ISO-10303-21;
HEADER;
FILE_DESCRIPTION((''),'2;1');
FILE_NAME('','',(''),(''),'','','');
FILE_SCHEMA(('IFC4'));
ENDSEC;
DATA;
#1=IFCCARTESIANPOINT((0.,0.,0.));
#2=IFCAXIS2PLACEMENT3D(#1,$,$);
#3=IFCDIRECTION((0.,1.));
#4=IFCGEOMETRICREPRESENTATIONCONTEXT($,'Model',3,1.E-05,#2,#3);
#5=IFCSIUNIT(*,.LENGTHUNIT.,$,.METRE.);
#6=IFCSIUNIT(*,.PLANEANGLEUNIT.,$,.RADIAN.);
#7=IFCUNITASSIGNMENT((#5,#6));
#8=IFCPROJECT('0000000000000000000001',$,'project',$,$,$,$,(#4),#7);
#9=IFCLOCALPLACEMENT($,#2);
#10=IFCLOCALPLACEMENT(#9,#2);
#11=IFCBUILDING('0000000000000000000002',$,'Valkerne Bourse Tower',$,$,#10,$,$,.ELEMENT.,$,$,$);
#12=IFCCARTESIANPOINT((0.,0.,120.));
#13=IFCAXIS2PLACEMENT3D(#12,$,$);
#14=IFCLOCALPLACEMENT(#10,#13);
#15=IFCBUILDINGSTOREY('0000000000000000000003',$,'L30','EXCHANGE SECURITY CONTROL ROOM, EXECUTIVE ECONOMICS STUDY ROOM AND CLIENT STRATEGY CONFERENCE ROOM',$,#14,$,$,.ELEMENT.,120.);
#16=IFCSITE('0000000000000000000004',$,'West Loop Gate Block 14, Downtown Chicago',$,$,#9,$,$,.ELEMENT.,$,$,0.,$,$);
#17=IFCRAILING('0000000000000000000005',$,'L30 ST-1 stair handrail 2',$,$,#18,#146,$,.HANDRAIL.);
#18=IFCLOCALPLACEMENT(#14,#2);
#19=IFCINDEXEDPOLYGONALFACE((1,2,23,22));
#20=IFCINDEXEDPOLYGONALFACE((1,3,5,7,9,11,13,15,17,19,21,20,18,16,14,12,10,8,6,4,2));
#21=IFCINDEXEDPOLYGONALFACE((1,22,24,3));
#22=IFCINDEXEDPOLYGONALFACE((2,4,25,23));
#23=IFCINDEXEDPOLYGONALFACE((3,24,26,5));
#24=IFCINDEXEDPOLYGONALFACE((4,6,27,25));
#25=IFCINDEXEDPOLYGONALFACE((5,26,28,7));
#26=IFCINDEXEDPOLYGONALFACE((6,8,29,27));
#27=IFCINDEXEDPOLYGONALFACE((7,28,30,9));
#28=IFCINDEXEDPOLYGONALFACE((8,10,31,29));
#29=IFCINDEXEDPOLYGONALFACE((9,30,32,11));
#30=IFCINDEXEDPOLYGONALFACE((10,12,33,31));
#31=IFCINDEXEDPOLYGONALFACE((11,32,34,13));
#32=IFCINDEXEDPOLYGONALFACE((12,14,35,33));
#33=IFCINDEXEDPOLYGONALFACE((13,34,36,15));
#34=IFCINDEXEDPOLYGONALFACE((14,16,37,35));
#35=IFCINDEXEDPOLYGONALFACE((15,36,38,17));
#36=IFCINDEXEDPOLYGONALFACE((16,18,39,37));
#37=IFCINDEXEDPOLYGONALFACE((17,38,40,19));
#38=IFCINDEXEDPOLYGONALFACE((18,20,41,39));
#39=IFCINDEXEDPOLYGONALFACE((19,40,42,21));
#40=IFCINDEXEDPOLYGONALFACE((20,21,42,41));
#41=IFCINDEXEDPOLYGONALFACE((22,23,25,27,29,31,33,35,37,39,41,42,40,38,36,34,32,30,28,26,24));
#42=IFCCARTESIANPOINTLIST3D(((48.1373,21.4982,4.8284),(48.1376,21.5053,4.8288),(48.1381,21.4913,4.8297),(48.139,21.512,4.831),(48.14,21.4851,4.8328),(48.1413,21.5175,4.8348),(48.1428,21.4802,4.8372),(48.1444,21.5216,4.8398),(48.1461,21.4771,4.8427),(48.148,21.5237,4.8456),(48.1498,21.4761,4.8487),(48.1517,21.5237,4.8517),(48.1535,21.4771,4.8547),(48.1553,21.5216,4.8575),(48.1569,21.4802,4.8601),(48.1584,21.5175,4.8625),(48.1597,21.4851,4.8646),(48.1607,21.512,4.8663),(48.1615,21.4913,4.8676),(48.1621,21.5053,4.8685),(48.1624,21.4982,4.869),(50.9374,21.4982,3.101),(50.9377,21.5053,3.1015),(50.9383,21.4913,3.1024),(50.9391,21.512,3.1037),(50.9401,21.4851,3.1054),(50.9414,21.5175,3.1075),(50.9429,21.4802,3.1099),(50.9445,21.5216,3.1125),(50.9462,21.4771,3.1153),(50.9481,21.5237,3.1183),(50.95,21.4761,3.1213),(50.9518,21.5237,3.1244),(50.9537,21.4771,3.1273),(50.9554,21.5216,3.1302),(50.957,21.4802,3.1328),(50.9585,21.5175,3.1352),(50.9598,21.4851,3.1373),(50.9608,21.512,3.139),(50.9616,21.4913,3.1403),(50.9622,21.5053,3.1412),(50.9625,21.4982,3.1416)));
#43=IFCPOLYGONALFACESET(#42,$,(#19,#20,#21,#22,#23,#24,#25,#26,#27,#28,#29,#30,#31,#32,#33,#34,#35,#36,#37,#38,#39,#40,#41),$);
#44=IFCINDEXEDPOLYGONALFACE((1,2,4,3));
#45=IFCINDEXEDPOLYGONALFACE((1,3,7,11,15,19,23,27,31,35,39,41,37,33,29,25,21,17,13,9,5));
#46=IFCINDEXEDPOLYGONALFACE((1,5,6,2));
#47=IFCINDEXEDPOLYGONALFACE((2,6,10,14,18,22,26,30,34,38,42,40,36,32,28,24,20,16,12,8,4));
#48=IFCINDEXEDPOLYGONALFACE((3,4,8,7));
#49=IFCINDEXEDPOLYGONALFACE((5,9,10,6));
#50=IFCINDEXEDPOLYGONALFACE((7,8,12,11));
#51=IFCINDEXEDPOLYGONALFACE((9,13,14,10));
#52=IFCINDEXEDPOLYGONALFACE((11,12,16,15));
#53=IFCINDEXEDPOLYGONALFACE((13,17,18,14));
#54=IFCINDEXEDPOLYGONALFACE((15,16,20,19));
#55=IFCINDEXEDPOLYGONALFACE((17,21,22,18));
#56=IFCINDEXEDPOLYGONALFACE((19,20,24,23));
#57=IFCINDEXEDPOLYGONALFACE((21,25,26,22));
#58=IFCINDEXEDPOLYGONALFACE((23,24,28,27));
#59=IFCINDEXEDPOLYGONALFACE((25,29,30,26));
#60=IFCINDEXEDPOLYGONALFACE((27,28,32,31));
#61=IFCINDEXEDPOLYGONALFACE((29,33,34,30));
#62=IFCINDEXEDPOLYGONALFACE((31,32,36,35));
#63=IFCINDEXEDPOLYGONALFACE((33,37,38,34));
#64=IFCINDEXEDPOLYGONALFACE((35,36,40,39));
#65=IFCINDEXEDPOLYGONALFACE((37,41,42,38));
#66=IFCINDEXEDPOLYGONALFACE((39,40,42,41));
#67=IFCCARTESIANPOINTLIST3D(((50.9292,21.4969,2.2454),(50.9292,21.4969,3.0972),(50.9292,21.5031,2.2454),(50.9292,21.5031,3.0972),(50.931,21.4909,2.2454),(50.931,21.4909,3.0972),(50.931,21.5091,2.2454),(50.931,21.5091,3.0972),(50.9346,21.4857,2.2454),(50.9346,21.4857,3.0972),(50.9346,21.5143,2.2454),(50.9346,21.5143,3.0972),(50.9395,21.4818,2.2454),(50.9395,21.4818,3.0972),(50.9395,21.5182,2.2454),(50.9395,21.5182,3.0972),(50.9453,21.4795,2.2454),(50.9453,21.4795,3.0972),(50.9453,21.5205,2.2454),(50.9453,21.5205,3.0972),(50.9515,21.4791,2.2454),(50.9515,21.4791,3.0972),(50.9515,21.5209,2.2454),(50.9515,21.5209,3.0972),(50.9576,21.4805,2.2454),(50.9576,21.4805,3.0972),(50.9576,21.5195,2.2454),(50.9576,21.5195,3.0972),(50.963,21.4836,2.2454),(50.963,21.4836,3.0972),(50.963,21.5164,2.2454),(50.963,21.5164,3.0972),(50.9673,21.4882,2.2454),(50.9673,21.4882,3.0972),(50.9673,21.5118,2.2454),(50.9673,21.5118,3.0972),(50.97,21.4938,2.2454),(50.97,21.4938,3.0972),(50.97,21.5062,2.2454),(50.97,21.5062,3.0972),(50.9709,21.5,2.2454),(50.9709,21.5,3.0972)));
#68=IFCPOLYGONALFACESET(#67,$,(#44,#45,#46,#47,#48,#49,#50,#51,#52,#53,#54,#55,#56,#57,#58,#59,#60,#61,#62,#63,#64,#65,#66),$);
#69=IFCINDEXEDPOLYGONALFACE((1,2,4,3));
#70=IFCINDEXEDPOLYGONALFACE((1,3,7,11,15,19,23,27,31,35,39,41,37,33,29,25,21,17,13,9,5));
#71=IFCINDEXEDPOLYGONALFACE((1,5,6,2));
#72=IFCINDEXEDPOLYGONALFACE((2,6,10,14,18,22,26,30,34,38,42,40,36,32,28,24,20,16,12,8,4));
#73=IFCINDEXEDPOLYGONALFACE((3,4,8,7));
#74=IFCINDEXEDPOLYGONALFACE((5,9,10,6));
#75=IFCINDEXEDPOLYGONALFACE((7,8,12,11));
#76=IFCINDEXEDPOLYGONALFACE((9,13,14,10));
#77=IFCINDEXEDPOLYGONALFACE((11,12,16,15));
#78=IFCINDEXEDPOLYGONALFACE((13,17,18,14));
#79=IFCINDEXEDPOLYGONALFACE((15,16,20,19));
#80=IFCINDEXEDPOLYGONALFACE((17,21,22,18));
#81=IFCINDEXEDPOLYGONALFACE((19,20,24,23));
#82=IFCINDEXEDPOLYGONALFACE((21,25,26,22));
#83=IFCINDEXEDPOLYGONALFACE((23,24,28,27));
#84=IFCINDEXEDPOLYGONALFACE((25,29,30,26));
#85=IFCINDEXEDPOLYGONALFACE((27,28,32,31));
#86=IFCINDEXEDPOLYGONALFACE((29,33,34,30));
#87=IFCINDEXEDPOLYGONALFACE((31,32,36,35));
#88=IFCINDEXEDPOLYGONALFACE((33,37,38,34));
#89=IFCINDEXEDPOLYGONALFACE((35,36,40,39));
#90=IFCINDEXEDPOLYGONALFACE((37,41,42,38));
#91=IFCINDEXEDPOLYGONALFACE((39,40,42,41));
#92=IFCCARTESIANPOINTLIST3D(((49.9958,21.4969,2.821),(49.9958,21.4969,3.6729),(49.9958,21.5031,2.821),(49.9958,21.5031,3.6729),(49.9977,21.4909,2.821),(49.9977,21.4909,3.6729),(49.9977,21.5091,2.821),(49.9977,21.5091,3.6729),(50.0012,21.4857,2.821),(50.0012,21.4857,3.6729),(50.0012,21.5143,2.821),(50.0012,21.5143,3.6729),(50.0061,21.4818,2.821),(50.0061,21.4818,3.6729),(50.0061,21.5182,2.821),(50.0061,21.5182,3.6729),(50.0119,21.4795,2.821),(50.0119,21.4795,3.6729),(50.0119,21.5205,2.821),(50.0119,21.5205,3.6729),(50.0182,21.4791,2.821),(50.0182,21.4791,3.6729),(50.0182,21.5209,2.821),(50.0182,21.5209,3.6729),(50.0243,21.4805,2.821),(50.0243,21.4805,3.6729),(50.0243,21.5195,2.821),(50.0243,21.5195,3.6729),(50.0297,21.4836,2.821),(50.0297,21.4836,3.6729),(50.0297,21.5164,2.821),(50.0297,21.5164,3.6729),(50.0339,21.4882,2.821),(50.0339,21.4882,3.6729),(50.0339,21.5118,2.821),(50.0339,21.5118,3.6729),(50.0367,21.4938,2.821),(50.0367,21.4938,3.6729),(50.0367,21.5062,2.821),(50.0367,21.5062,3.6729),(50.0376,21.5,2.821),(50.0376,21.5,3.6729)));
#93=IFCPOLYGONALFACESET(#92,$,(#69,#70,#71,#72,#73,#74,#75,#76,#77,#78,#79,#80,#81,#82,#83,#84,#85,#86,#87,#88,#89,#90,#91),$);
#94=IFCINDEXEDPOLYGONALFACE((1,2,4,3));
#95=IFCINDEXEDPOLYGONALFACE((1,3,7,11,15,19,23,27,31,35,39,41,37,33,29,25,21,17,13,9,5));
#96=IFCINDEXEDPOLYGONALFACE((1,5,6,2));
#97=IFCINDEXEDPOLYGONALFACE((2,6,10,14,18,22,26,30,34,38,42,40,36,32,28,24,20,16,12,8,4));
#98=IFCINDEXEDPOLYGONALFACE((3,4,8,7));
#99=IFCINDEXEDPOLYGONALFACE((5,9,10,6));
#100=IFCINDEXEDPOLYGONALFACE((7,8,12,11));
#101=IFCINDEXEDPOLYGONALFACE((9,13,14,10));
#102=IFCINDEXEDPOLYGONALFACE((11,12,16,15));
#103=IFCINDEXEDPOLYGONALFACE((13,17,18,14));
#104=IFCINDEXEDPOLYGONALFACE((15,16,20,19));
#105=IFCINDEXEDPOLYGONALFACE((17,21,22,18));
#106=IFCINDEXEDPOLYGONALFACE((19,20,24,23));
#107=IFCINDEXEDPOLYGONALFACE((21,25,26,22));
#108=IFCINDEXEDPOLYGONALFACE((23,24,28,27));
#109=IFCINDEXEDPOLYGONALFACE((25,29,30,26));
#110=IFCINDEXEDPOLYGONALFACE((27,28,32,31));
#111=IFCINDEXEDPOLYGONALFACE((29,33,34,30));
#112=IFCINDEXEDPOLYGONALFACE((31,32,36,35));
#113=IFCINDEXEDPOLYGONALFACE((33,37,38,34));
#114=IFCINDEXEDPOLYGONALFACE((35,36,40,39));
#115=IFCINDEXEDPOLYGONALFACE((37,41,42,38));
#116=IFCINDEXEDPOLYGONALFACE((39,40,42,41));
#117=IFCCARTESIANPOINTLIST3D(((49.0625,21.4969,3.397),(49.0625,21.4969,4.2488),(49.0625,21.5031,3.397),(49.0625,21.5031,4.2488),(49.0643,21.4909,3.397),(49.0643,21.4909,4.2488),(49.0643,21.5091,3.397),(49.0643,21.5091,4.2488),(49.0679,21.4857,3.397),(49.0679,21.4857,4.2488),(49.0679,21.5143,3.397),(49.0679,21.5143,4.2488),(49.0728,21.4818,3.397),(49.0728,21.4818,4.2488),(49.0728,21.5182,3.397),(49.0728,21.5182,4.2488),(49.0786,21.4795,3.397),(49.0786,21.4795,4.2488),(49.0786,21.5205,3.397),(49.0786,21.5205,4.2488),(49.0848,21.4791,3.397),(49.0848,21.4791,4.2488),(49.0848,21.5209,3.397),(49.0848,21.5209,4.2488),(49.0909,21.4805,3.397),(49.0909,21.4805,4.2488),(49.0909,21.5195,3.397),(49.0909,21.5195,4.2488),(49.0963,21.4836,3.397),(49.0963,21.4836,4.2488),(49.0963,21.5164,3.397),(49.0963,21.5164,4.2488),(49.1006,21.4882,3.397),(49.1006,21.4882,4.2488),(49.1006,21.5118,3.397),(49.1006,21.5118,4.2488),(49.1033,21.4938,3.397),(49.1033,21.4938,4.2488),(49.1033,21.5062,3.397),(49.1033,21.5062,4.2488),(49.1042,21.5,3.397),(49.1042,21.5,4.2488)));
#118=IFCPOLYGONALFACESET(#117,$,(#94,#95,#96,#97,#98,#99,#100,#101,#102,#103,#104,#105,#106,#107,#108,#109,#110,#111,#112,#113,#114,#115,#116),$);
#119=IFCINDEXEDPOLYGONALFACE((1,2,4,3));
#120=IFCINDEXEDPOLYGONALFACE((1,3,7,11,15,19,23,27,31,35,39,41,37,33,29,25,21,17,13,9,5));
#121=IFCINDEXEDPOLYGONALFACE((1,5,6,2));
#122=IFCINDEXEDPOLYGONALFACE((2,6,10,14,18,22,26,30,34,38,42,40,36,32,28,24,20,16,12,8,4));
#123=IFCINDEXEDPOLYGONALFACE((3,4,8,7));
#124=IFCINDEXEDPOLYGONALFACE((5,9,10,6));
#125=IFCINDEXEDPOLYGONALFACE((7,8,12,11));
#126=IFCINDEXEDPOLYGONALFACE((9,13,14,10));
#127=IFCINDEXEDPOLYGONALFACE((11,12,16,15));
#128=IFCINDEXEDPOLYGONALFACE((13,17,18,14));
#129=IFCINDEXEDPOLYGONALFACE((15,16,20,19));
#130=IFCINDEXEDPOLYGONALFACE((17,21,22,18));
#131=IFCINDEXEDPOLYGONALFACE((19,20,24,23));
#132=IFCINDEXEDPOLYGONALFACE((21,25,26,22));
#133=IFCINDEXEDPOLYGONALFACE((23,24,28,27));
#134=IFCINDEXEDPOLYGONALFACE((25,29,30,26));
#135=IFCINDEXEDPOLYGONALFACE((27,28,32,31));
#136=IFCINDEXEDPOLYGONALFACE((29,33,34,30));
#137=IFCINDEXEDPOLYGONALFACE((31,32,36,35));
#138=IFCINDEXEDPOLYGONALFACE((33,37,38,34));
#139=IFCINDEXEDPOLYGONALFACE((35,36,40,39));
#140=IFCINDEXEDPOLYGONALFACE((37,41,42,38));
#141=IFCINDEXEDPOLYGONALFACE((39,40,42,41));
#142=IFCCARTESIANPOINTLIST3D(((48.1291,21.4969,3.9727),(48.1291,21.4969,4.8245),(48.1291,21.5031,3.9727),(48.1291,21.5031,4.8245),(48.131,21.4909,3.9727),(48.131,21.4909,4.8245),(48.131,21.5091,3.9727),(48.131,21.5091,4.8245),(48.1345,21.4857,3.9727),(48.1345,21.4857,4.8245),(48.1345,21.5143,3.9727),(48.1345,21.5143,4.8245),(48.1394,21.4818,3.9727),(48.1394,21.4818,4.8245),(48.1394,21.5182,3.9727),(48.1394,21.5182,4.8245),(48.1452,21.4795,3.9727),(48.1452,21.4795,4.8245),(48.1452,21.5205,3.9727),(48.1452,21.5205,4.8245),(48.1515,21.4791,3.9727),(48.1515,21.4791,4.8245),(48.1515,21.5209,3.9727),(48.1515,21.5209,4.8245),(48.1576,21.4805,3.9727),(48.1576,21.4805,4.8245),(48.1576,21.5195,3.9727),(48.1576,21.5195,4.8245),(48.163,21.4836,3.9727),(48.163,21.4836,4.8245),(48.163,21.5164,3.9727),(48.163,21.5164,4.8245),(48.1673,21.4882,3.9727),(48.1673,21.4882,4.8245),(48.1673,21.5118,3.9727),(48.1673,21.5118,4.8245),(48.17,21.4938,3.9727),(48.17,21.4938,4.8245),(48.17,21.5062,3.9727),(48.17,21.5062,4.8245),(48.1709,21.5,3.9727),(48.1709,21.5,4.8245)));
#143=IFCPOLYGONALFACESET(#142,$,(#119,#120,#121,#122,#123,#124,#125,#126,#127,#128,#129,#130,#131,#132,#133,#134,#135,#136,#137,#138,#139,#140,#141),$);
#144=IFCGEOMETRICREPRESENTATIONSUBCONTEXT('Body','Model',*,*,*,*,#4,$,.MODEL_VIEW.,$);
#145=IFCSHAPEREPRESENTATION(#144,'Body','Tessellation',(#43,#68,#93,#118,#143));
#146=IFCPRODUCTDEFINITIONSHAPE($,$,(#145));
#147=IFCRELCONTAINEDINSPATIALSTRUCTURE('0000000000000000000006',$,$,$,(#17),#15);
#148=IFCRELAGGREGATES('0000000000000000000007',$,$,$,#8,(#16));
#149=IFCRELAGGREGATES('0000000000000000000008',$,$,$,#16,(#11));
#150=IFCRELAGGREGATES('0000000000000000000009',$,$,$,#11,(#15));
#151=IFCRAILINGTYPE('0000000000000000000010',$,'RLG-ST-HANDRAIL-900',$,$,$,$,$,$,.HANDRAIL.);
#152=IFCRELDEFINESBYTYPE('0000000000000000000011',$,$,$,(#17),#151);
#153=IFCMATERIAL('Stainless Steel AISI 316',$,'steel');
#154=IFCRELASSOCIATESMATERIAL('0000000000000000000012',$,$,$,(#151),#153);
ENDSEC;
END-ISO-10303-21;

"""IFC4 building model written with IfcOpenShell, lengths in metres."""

from ifc_helpers import new_model, si_unit, direction, frame, origin, origin_2d, place, context, subcontext, project, spatial, circle, extrude, material, type_object, element, save


model = new_model("IFC4")

# Units and contexts
model_context = context("Model", 3, precision=1e-05, world=origin(), true_north=direction((0.0, 1.0)))
body_context = subcontext(model_context, "Body", "Model", "MODEL_VIEW")
ifc_project = project(units=[si_unit("LENGTHUNIT", "METRE"), si_unit("PLANEANGLEUNIT", "RADIAN")], contexts=[model_context])

# Site, building, storey
site_placement = place(None, origin())
site = spatial("IfcSite", under=ifc_project, at=site_placement, Name="West Loop Gate Block 14, Downtown Chicago", CompositionType="ELEMENT", RefElevation=0.0)
building_placement = place(site_placement, origin())
building = spatial("IfcBuilding", under=site, at=building_placement, Name="Valkerne Bourse Tower", CompositionType="ELEMENT")
storey_placement = place(building_placement, frame((0.0, 0.0, 120.0)))
storey = spatial("IfcBuildingStorey", under=building, at=storey_placement, Name="L30", Description="EXCHANGE SECURITY CONTROL ROOM, EXECUTIVE ECONOMICS STUDY ROOM AND CLIENT STRATEGY CONFERENCE ROOM", CompositionType="ELEMENT", Elevation=120.0)

# Shared definitions
ifc_material_1 = material(Name="Stainless Steel AISI 316", Category="steel")

# Railing
railing_type_1 = type_object("IfcRailingType", Name="RLG-ST-HANDRAIL-900", PredefinedType="HANDRAIL", material=ifc_material_1)
railing_1_placement = place(storey_placement, frame((50.95, 21.5, 2.2454)))
element("IfcRailing", 1, at=railing_1_placement, inside=storey, type_object=railing_type_1, Name="L30 ST-1 stair handrail 2", PredefinedType="HANDRAIL", context=body_context, shape_type="SweptSolid", body=[
    extrude(circle(Radius=0.0239, at=origin_2d()), frame((0.0, 0.0, 0.876), z_axis=(-0.85109, 0.0, 0.52502), x_axis=(0.0, -1.0, 0.0)), (0.0, 0.0, 1.0), 3.29),
    extrude(circle(Radius=0.021, at=origin_2d()), origin(), (0.0, 0.0, 1.0), 0.8518),
    extrude(circle(Radius=0.021, at=origin_2d()), frame((-0.9333, 0.0, 0.5757)), (0.0, 0.0, 1.0), 0.8518),
    extrude(circle(Radius=0.021, at=origin_2d()), frame((-1.8667, 0.0, 1.1516)), (0.0, 0.0, 1.0), 0.8518),
    extrude(circle(Radius=0.021, at=origin_2d()), frame((-2.8, 0.0, 1.7273)), (0.0, 0.0, 1.0), 0.8518),
])

save(model, "model.ifc")
